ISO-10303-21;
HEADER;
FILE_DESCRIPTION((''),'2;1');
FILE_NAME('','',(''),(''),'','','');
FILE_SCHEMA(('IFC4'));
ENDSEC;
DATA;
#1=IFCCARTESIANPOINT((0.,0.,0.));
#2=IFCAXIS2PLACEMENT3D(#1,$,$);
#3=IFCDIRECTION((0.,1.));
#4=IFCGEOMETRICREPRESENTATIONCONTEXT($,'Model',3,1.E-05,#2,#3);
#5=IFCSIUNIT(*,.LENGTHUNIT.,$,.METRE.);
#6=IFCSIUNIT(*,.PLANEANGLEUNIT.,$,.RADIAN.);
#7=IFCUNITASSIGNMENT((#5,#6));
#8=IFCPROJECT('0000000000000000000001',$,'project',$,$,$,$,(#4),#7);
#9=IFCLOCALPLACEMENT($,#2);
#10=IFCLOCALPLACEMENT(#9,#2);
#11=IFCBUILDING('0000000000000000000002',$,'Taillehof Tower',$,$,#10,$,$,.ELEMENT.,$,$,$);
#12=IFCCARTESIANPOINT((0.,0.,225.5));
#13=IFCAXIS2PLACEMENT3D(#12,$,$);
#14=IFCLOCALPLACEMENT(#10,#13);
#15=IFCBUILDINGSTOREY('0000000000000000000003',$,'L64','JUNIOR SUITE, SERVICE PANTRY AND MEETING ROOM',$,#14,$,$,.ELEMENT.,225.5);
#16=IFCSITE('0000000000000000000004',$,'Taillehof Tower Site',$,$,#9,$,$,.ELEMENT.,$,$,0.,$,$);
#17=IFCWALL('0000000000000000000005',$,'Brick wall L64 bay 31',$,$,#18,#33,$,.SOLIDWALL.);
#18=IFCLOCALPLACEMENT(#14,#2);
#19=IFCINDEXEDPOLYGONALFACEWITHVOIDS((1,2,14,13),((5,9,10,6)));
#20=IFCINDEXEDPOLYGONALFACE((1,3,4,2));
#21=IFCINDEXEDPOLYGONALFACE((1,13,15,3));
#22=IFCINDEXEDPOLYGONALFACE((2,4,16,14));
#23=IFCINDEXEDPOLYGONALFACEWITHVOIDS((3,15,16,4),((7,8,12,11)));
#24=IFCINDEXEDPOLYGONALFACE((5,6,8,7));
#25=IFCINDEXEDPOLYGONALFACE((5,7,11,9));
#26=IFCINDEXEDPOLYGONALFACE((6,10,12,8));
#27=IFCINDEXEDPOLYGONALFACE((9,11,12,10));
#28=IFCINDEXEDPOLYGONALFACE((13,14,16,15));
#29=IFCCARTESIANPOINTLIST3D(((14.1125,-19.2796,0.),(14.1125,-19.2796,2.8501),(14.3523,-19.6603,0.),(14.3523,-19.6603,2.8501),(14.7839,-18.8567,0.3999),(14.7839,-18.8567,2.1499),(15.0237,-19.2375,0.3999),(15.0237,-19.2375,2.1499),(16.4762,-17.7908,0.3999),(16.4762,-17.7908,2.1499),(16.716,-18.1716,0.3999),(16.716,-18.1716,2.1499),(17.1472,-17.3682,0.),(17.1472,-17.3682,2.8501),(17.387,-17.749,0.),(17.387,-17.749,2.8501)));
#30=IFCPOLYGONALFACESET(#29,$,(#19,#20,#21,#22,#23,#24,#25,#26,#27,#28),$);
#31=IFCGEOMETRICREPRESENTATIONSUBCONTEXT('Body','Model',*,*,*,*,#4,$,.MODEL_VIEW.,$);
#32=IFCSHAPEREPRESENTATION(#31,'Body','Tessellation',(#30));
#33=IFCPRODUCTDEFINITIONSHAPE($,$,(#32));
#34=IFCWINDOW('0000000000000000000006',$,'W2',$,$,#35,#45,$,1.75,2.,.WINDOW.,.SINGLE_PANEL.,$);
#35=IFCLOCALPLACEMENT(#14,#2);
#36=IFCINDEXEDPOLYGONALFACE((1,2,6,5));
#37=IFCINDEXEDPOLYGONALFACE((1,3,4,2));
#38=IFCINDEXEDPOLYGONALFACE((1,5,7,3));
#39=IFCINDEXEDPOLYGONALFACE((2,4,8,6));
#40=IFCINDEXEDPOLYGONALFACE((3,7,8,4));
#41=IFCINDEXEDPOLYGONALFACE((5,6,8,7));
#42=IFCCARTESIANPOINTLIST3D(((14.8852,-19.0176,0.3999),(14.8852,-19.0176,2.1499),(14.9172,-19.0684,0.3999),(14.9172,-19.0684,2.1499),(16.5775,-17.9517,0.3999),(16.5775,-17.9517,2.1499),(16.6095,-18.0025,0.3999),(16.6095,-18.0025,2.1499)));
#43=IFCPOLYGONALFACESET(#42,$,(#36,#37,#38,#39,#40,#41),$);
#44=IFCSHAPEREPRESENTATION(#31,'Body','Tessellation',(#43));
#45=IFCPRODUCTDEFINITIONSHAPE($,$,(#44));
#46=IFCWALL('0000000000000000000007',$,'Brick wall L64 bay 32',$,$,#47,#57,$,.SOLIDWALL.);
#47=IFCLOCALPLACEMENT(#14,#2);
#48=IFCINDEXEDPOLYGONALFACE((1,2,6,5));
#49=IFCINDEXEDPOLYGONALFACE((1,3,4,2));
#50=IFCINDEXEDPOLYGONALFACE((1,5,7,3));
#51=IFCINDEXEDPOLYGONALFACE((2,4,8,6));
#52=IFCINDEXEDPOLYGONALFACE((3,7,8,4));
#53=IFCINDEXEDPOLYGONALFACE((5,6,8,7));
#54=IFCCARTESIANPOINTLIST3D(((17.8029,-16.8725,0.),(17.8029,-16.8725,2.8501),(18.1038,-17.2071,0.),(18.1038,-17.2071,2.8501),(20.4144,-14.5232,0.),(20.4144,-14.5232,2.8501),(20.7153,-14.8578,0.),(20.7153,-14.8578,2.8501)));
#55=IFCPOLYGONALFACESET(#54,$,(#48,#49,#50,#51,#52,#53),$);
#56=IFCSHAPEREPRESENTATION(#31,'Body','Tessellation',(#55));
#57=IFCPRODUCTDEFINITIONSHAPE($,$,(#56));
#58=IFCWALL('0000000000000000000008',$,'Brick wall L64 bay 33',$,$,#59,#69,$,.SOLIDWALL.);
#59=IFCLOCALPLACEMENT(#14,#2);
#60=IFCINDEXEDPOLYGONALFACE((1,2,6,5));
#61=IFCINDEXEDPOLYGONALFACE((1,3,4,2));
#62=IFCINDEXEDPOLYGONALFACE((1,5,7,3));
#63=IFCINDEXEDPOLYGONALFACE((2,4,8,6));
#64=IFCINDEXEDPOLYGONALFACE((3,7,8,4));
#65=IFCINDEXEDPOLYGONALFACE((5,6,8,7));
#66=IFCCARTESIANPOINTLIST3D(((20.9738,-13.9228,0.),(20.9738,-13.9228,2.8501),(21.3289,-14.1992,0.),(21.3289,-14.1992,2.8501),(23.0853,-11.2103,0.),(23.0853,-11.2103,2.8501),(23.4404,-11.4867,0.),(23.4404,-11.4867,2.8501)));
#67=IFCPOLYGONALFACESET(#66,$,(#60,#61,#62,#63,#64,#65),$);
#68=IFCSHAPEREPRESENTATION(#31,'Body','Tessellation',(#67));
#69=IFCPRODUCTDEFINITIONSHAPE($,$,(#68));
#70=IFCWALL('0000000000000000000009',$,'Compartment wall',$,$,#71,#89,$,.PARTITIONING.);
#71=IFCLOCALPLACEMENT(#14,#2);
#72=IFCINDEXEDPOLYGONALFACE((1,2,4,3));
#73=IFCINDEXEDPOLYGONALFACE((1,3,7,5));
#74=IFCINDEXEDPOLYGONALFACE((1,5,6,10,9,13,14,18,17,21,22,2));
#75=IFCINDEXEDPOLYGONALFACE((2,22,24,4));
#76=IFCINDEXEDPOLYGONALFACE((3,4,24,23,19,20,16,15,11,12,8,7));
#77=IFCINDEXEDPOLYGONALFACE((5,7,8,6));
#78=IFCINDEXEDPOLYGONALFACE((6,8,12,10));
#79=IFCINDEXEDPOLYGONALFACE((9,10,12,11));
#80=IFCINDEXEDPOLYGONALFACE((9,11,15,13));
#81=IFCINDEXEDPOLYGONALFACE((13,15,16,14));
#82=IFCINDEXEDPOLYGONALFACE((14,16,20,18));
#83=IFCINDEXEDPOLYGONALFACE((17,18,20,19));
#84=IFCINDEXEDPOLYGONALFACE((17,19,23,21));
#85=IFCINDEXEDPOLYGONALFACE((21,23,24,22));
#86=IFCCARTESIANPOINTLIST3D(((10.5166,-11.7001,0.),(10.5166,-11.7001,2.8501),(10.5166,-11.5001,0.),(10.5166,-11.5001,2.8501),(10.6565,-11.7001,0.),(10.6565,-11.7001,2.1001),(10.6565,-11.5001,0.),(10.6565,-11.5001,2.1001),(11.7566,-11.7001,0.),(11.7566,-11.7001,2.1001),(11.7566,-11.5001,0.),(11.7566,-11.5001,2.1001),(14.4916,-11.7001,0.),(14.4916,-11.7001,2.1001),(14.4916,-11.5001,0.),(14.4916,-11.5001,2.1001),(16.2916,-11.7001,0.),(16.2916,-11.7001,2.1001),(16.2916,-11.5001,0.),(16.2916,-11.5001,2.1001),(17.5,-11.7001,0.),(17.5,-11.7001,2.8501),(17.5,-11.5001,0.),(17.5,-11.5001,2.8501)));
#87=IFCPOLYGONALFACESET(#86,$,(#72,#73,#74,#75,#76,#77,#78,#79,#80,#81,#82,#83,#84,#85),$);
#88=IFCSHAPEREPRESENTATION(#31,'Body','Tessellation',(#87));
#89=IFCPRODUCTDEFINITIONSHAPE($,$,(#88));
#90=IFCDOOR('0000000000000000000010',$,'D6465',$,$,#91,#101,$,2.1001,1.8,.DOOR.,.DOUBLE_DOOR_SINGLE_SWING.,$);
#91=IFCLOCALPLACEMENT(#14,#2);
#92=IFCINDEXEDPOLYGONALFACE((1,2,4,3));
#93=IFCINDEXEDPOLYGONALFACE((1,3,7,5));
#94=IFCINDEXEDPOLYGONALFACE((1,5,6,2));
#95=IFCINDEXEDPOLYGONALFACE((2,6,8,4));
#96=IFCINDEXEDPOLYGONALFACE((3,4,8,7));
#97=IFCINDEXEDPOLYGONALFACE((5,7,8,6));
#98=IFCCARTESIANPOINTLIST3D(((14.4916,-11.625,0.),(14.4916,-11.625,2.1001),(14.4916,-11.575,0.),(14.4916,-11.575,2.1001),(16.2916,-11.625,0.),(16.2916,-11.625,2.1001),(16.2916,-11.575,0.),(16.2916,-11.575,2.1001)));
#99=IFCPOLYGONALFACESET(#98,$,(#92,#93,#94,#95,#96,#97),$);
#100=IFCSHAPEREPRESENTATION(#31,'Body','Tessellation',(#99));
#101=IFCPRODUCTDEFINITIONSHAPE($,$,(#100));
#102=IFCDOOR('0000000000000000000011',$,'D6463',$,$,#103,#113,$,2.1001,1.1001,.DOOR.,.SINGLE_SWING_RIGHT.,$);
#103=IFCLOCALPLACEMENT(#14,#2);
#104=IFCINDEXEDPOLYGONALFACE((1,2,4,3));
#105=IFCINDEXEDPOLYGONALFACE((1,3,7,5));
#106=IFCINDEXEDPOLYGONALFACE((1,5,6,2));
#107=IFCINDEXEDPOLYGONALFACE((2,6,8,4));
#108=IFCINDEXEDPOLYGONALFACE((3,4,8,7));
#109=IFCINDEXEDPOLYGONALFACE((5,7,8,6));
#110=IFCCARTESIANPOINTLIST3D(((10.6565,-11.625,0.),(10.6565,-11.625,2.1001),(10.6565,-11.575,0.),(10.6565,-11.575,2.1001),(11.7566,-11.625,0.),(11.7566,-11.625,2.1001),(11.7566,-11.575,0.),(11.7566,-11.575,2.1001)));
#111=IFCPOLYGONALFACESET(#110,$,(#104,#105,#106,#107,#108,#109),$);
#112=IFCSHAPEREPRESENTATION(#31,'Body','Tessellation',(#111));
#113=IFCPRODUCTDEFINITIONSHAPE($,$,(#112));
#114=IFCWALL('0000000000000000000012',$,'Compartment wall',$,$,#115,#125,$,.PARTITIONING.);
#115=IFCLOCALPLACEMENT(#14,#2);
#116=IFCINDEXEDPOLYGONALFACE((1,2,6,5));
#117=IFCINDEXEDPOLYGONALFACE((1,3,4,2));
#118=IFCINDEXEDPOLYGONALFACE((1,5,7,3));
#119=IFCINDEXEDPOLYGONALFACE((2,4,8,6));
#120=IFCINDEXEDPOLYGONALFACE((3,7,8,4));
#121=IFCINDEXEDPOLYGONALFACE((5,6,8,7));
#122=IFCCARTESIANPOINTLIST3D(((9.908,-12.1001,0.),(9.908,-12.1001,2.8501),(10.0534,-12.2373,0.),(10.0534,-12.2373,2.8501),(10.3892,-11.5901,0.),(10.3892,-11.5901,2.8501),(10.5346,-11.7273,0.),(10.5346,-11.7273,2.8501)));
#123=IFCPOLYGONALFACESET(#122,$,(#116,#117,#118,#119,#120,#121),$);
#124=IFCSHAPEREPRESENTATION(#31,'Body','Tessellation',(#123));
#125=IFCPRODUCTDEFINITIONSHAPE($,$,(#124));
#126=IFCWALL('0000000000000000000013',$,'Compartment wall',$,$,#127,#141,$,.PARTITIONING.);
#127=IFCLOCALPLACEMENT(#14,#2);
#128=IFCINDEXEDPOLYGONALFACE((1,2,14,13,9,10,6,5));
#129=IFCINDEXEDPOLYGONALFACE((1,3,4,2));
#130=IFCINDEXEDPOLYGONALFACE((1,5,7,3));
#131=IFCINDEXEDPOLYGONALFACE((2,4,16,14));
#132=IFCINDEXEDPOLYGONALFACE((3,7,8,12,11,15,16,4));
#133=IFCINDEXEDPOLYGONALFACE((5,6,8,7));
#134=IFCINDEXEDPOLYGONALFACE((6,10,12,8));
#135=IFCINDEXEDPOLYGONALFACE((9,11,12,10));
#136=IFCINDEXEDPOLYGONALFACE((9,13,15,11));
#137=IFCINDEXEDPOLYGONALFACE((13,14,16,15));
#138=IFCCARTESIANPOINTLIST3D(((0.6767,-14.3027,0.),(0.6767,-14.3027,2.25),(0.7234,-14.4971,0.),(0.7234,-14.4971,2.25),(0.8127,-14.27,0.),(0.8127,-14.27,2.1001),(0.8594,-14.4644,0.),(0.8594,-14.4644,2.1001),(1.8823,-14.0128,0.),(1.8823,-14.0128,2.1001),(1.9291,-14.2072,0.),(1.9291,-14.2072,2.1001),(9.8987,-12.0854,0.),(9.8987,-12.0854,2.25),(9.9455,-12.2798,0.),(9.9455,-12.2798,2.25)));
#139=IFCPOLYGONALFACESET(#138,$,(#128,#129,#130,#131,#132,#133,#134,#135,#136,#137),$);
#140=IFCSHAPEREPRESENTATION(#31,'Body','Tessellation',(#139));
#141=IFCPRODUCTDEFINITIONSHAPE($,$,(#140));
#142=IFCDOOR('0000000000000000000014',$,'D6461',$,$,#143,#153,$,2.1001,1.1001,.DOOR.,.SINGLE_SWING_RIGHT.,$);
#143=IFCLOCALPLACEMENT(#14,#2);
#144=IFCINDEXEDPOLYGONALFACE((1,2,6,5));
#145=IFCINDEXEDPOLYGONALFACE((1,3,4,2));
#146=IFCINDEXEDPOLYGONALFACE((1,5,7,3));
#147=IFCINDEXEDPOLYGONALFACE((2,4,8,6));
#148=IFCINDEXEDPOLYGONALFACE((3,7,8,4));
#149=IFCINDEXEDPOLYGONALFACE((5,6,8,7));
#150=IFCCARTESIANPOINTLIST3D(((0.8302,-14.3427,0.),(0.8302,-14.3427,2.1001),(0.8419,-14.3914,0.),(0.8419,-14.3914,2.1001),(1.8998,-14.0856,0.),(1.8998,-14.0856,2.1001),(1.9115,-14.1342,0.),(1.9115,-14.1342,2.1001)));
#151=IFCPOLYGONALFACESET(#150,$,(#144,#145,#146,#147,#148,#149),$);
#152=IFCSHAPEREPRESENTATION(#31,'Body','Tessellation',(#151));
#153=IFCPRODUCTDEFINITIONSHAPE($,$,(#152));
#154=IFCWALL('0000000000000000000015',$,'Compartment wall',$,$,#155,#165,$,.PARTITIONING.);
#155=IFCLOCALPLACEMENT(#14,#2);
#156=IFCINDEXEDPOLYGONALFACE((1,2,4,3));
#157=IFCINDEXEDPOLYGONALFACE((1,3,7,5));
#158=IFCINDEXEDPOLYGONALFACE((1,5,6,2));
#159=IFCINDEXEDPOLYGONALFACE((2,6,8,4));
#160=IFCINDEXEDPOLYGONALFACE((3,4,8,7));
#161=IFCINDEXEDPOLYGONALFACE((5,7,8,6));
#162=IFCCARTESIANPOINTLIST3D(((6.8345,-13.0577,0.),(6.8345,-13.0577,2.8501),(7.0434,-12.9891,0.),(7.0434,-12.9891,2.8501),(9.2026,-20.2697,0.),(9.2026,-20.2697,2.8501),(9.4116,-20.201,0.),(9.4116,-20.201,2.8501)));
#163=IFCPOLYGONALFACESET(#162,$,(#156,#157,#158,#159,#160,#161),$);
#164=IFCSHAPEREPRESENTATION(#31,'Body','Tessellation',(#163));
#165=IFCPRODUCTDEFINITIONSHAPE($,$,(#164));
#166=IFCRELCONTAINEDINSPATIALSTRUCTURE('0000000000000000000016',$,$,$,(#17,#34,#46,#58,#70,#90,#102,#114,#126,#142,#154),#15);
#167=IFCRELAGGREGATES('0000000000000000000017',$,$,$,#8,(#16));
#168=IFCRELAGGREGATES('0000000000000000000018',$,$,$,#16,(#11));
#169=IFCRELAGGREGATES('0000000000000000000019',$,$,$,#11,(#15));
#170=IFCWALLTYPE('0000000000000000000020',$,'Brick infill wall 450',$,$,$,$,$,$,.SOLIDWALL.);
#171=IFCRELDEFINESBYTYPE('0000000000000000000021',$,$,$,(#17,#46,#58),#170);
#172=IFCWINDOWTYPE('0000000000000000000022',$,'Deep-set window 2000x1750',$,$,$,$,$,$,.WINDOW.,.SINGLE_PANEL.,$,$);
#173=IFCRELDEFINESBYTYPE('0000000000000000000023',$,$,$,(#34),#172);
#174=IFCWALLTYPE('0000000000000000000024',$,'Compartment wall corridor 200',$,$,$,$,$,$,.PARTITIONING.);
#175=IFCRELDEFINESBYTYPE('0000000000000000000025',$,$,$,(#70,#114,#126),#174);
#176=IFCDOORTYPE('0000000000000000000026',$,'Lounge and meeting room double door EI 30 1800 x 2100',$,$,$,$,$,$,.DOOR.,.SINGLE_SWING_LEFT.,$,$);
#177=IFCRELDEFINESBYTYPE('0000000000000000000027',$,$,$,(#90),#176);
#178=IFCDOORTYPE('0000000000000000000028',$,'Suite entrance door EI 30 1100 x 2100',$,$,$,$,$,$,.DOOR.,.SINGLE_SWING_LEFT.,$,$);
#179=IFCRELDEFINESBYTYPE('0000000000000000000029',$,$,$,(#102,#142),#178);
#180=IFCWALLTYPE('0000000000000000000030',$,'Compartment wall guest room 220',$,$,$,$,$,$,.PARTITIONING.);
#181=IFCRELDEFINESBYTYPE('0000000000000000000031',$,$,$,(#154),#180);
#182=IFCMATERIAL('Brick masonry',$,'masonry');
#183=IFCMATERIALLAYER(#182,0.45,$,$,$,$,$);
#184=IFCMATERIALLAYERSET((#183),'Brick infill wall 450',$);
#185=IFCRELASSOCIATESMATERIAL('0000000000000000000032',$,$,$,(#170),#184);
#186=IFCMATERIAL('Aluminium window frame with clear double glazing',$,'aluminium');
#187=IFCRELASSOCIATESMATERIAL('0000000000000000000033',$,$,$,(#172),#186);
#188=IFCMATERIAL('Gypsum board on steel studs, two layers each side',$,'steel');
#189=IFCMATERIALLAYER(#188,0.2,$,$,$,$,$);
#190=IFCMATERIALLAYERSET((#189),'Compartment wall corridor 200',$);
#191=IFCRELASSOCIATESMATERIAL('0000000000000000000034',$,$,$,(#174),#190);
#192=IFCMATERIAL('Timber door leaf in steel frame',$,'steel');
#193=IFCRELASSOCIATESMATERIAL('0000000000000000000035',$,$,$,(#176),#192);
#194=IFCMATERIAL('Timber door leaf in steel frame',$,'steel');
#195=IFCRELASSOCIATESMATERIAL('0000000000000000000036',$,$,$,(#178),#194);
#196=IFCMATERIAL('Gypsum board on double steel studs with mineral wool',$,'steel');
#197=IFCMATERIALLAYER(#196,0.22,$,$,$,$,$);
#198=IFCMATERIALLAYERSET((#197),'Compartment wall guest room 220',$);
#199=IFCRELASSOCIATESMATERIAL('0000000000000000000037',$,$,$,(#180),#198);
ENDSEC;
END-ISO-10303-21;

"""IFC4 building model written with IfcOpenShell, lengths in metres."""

from ifc_helpers import new_model, si_unit, direction, frame, frame_2d, origin, place, context, subcontext, project, spatial, rectangle, extrude, material, layer, layer_set, type_object, element, fill, save


model = new_model("IFC4")

# Units and contexts
model_context = context("Model", 3, precision=1e-05, world=origin(), true_north=direction((0.0, 1.0)))
body_context = subcontext(model_context, "Body", "Model", "MODEL_VIEW")
ifc_project = project(units=[si_unit("LENGTHUNIT", "METRE"), si_unit("PLANEANGLEUNIT", "RADIAN")], contexts=[model_context])

# Site, building, storey
site_placement = place(None, origin())
site = spatial("IfcSite", under=ifc_project, at=site_placement, Name="Taillehof Tower Site", CompositionType="ELEMENT", RefElevation=0.0)
building_placement = place(site_placement, origin())
building = spatial("IfcBuilding", under=site, at=building_placement, Name="Taillehof Tower", CompositionType="ELEMENT")
storey_placement = place(building_placement, frame((0.0, 0.0, 225.5)))
storey = spatial("IfcBuildingStorey", under=building, at=storey_placement, Name="L64", Description="JUNIOR SUITE, SERVICE PANTRY AND MEETING ROOM", CompositionType="ELEMENT", Elevation=225.5)

# Wall, opening, window
ifc_material_1 = material(Name="Brick masonry", Category="masonry")
ifc_layer_1 = layer(ifc_material_1, 0.45)
ifc_layer_set_1 = layer_set([ifc_layer_1], Name="Brick infill wall 450")
wall_type_1 = type_object("IfcWallType", Name="Brick infill wall 450", PredefinedType="SOLIDWALL", material=ifc_layer_set_1)
ifc_material_2 = material(Name="Aluminium window frame with clear double glazing", Category="aluminium")
window_type = type_object("IfcWindowType", Name="Deep-set window 2000x1750", PartitioningType="SINGLE_PANEL", PredefinedType="WINDOW", material=ifc_material_2)
wall_1_placement = place(storey_placement, frame((14.2324, -19.47, 0.0), z_axis=(0.0, 0.0, 1.0), x_axis=(0.84615, 0.532945, 0.0)))
wall_1 = element("IfcWall", 1, at=wall_1_placement, inside=storey, type_object=wall_type_1, Name="Brick wall L64 bay 31", PredefinedType="SOLIDWALL", context=body_context, shape_type="SweptSolid", body=[
    extrude(rectangle(XDim=3.5864, YDim=0.45, at=frame_2d((1.7932, 0.0))), origin(), (0.0, 0.0, 1.0), 2.8501),
])
opening_1_placement = place(wall_1_placement, frame((0.7935, 0.0, 0.3999)))
opening_1 = element("IfcOpeningElement", 2, at=opening_1_placement, cuts=wall_1, PredefinedType="OPENING", context=body_context, shape_type="SweptSolid", body=[
    extrude(rectangle(XDim=2.0, YDim=1.75, at=frame_2d((1.0, 0.875))), frame((0.0, 0.2349, 0.0), z_axis=(0.0, -1.0, 0.0), x_axis=(1.0, 0.0, 0.0)), (0.0, 0.0, 1.0), 0.47),
])
window_1_placement = place(opening_1_placement, origin())
window_1 = element("IfcWindow", 3, at=window_1_placement, inside=storey, type_object=window_type, Name="W2", OverallHeight=1.75, OverallWidth=2.0, PartitioningType="SINGLE_PANEL", PredefinedType="WINDOW", context=body_context, shape_type="SweptSolid", body=[
    extrude(rectangle(XDim=2.0, YDim=1.75, at=frame_2d((1.0, 0.875))), frame((0.0, 0.0349, 0.0), z_axis=(0.0, -1.0, 0.0), x_axis=(1.0, 0.0, 0.0)), (0.0, 0.0, 1.0), 0.0601),
])
fill(opening_1, window_1)

# Walls
wall_2_placement = place(storey_placement, frame((17.9534, -17.0398, 0.0), z_axis=(0.0, 0.0, 1.0), x_axis=(0.743443, 0.6688, 0.0)))
element("IfcWall", 4, at=wall_2_placement, inside=storey, type_object=wall_type_1, Name="Brick wall L64 bay 32", PredefinedType="SOLIDWALL", context=body_context, shape_type="SweptSolid", body=[
    extrude(rectangle(XDim=3.5127, YDim=0.45, at=frame_2d((1.7563, 0.0))), origin(), (0.0, 0.0, 1.0), 2.8501),
])
wall_3_placement = place(storey_placement, frame((21.1514, -14.061, 0.0), z_axis=(0.0, 0.0, 1.0), x_axis=(0.614255, 0.789107, 0.0)))
element("IfcWall", 5, at=wall_3_placement, inside=storey, type_object=wall_type_1, Name="Brick wall L64 bay 33", PredefinedType="SOLIDWALL", context=body_context, shape_type="SweptSolid", body=[
    extrude(rectangle(XDim=3.4375, YDim=0.45, at=frame_2d((1.7188, 0.0))), origin(), (0.0, 0.0, 1.0), 2.8501),
])

# Wall, openings, doors
ifc_material_3 = material(Name="Gypsum board on steel studs, two layers each side", Category="steel")
ifc_layer_2 = layer(ifc_material_3, 0.2)
ifc_layer_set_2 = layer_set([ifc_layer_2], Name="Compartment wall corridor 200")
wall_type_2 = type_object("IfcWallType", Name="Compartment wall corridor 200", PredefinedType="PARTITIONING", material=ifc_layer_set_2)
wall_4_placement = place(storey_placement, frame((17.5, -11.6001, 0.0), z_axis=(0.0, 0.0, 1.0), x_axis=(-1.0, 0.0, 0.0)))
wall_4 = element("IfcWall", 6, at=wall_4_placement, inside=storey, type_object=wall_type_2, Name="Compartment wall", PredefinedType="PARTITIONING", context=body_context, shape_type="SweptSolid", body=[
    extrude(rectangle(XDim=6.9834, YDim=0.2, at=frame_2d((3.4917, 0.0))), origin(), (0.0, 0.0, 1.0), 2.8501),
])
opening_2_placement = place(wall_4_placement, frame((5.7434, 0.0, 0.0)))
opening_2 = element("IfcOpeningElement", 7, at=opening_2_placement, cuts=wall_4, PredefinedType="OPENING", context=body_context, shape_type="SweptSolid", body=[
    extrude(rectangle(XDim=1.1001, YDim=2.1001, at=frame_2d((0.55, 1.05))), frame((0.0, 0.1099, 0.0), z_axis=(0.0, -1.0, 0.0), x_axis=(1.0, 0.0, 0.0)), (0.0, 0.0, 1.0), 0.22),
])
opening_3_placement = place(wall_4_placement, frame((1.2085, 0.0, 0.0)))
opening_3 = element("IfcOpeningElement", 8, at=opening_3_placement, cuts=wall_4, PredefinedType="OPENING", context=body_context, shape_type="SweptSolid", body=[
    extrude(rectangle(XDim=1.8, YDim=2.1001, at=frame_2d((0.8999, 1.05))), frame((0.0, 0.1099, 0.0), z_axis=(0.0, -1.0, 0.0), x_axis=(1.0, 0.0, 0.0)), (0.0, 0.0, 1.0), 0.22),
])
ifc_material_4 = material(Name="Timber door leaf in steel frame", Category="steel")
door_type_1 = type_object("IfcDoorType", Name="Lounge and meeting room double door EI 30 1800 x 2100", OperationType="SINGLE_SWING_LEFT", PredefinedType="DOOR", material=ifc_material_4)
door_1_placement = place(opening_3_placement, origin())
door_1 = element("IfcDoor", 9, at=door_1_placement, inside=storey, type_object=door_type_1, Name="D6465", OperationType="DOUBLE_DOOR_SINGLE_SWING", OverallHeight=2.1001, OverallWidth=1.8, PredefinedType="DOOR", context=body_context, shape_type="SweptSolid", body=[
    extrude(rectangle(XDim=1.8, YDim=2.1001, at=frame_2d((0.8999, 1.05))), frame((0.0, 0.0249, 0.0), z_axis=(0.0, -1.0, 0.0), x_axis=(1.0, 0.0, 0.0)), (0.0, 0.0, 1.0), 0.05),
])
fill(opening_3, door_1)
ifc_material_5 = material(Name="Timber door leaf in steel frame", Category="steel")
door_type_2 = type_object("IfcDoorType", Name="Suite entrance door EI 30 1100 x 2100", OperationType="SINGLE_SWING_LEFT", PredefinedType="DOOR", material=ifc_material_5)
door_2_placement = place(opening_2_placement, origin())
door_2 = element("IfcDoor", 10, at=door_2_placement, inside=storey, type_object=door_type_2, Name="D6463", OperationType="SINGLE_SWING_RIGHT", OverallHeight=2.1001, OverallWidth=1.1001, PredefinedType="DOOR", context=body_context, shape_type="SweptSolid", body=[
    extrude(rectangle(XDim=1.1001, YDim=2.1001, at=frame_2d((0.55, 1.05))), frame((0.0, 0.0249, 0.0), z_axis=(0.0, -1.0, 0.0), x_axis=(1.0, 0.0, 0.0)), (0.0, 0.0, 1.0), 0.05),
])
fill(opening_2, door_2)

# Wall
wall_5_placement = place(storey_placement, frame((10.4619, -11.6587, 0.0), z_axis=(0.0, 0.0, 1.0), x_axis=(-0.686266, -0.727351, 0.0)))
element("IfcWall", 11, at=wall_5_placement, inside=storey, type_object=wall_type_2, Name="Compartment wall", PredefinedType="PARTITIONING", context=body_context, shape_type="SweptSolid", body=[
    extrude(rectangle(XDim=0.7012, YDim=0.2, at=frame_2d((0.3506, 0.0))), origin(), (0.0, 0.0, 1.0), 2.8501),
])

# Wall, opening, door
wall_6_placement = place(storey_placement, frame((9.9221, -12.1826, 0.0), z_axis=(0.0, 0.0, 1.0), x_axis=(-0.972292, -0.233768, 0.0)))
wall_6 = element("IfcWall", 12, at=wall_6_placement, inside=storey, type_object=wall_type_2, Name="Compartment wall", PredefinedType="PARTITIONING", context=body_context, shape_type="SweptSolid", body=[
    extrude(rectangle(XDim=9.4849, YDim=0.2, at=frame_2d((4.7424, 0.0))), origin(), (0.0, 0.0, 1.0), 2.25),
])
opening_4_placement = place(wall_6_placement, frame((8.2449, 0.0, 0.0)))
opening_4 = element("IfcOpeningElement", 13, at=opening_4_placement, cuts=wall_6, PredefinedType="OPENING", context=body_context, shape_type="SweptSolid", body=[
    extrude(rectangle(XDim=1.1001, YDim=2.1001, at=frame_2d((0.55, 1.05))), frame((0.0, 0.1099, 0.0), z_axis=(0.0, -1.0, 0.0), x_axis=(1.0, 0.0, 0.0)), (0.0, 0.0, 1.0), 0.22),
])
door_3_placement = place(opening_4_placement, origin())
door_3 = element("IfcDoor", 14, at=door_3_placement, inside=storey, type_object=door_type_2, Name="D6461", OperationType="SINGLE_SWING_RIGHT", OverallHeight=2.1001, OverallWidth=1.1001, PredefinedType="DOOR", context=body_context, shape_type="SweptSolid", body=[
    extrude(rectangle(XDim=1.1001, YDim=2.1001, at=frame_2d((0.55, 1.05))), frame((0.0, 0.0249, 0.0), z_axis=(0.0, -1.0, 0.0), x_axis=(1.0, 0.0, 0.0)), (0.0, 0.0, 1.0), 0.05),
])
fill(opening_4, door_3)

# Wall
ifc_material_6 = material(Name="Gypsum board on double steel studs with mineral wool", Category="steel")
ifc_layer_3 = layer(ifc_material_6, 0.22)
ifc_layer_set_3 = layer_set([ifc_layer_3], Name="Compartment wall guest room 220")
wall_type_3 = type_object("IfcWallType", Name="Compartment wall guest room 220", PredefinedType="PARTITIONING", material=ifc_layer_set_3)
wall_7_placement = place(storey_placement, frame((9.3071, -20.2354, 0.0), z_axis=(0.0, 0.0, 1.0), x_axis=(-0.311979, 0.950089, 0.0)))
element("IfcWall", 15, at=wall_7_placement, inside=storey, type_object=wall_type_3, Name="Compartment wall", PredefinedType="PARTITIONING", context=body_context, shape_type="SweptSolid", body=[
    extrude(rectangle(XDim=7.5908, YDim=0.22, at=frame_2d((3.7954, 0.0))), origin(), (0.0, 0.0, 1.0), 2.8501),
])

save(model, "model.ifc")
